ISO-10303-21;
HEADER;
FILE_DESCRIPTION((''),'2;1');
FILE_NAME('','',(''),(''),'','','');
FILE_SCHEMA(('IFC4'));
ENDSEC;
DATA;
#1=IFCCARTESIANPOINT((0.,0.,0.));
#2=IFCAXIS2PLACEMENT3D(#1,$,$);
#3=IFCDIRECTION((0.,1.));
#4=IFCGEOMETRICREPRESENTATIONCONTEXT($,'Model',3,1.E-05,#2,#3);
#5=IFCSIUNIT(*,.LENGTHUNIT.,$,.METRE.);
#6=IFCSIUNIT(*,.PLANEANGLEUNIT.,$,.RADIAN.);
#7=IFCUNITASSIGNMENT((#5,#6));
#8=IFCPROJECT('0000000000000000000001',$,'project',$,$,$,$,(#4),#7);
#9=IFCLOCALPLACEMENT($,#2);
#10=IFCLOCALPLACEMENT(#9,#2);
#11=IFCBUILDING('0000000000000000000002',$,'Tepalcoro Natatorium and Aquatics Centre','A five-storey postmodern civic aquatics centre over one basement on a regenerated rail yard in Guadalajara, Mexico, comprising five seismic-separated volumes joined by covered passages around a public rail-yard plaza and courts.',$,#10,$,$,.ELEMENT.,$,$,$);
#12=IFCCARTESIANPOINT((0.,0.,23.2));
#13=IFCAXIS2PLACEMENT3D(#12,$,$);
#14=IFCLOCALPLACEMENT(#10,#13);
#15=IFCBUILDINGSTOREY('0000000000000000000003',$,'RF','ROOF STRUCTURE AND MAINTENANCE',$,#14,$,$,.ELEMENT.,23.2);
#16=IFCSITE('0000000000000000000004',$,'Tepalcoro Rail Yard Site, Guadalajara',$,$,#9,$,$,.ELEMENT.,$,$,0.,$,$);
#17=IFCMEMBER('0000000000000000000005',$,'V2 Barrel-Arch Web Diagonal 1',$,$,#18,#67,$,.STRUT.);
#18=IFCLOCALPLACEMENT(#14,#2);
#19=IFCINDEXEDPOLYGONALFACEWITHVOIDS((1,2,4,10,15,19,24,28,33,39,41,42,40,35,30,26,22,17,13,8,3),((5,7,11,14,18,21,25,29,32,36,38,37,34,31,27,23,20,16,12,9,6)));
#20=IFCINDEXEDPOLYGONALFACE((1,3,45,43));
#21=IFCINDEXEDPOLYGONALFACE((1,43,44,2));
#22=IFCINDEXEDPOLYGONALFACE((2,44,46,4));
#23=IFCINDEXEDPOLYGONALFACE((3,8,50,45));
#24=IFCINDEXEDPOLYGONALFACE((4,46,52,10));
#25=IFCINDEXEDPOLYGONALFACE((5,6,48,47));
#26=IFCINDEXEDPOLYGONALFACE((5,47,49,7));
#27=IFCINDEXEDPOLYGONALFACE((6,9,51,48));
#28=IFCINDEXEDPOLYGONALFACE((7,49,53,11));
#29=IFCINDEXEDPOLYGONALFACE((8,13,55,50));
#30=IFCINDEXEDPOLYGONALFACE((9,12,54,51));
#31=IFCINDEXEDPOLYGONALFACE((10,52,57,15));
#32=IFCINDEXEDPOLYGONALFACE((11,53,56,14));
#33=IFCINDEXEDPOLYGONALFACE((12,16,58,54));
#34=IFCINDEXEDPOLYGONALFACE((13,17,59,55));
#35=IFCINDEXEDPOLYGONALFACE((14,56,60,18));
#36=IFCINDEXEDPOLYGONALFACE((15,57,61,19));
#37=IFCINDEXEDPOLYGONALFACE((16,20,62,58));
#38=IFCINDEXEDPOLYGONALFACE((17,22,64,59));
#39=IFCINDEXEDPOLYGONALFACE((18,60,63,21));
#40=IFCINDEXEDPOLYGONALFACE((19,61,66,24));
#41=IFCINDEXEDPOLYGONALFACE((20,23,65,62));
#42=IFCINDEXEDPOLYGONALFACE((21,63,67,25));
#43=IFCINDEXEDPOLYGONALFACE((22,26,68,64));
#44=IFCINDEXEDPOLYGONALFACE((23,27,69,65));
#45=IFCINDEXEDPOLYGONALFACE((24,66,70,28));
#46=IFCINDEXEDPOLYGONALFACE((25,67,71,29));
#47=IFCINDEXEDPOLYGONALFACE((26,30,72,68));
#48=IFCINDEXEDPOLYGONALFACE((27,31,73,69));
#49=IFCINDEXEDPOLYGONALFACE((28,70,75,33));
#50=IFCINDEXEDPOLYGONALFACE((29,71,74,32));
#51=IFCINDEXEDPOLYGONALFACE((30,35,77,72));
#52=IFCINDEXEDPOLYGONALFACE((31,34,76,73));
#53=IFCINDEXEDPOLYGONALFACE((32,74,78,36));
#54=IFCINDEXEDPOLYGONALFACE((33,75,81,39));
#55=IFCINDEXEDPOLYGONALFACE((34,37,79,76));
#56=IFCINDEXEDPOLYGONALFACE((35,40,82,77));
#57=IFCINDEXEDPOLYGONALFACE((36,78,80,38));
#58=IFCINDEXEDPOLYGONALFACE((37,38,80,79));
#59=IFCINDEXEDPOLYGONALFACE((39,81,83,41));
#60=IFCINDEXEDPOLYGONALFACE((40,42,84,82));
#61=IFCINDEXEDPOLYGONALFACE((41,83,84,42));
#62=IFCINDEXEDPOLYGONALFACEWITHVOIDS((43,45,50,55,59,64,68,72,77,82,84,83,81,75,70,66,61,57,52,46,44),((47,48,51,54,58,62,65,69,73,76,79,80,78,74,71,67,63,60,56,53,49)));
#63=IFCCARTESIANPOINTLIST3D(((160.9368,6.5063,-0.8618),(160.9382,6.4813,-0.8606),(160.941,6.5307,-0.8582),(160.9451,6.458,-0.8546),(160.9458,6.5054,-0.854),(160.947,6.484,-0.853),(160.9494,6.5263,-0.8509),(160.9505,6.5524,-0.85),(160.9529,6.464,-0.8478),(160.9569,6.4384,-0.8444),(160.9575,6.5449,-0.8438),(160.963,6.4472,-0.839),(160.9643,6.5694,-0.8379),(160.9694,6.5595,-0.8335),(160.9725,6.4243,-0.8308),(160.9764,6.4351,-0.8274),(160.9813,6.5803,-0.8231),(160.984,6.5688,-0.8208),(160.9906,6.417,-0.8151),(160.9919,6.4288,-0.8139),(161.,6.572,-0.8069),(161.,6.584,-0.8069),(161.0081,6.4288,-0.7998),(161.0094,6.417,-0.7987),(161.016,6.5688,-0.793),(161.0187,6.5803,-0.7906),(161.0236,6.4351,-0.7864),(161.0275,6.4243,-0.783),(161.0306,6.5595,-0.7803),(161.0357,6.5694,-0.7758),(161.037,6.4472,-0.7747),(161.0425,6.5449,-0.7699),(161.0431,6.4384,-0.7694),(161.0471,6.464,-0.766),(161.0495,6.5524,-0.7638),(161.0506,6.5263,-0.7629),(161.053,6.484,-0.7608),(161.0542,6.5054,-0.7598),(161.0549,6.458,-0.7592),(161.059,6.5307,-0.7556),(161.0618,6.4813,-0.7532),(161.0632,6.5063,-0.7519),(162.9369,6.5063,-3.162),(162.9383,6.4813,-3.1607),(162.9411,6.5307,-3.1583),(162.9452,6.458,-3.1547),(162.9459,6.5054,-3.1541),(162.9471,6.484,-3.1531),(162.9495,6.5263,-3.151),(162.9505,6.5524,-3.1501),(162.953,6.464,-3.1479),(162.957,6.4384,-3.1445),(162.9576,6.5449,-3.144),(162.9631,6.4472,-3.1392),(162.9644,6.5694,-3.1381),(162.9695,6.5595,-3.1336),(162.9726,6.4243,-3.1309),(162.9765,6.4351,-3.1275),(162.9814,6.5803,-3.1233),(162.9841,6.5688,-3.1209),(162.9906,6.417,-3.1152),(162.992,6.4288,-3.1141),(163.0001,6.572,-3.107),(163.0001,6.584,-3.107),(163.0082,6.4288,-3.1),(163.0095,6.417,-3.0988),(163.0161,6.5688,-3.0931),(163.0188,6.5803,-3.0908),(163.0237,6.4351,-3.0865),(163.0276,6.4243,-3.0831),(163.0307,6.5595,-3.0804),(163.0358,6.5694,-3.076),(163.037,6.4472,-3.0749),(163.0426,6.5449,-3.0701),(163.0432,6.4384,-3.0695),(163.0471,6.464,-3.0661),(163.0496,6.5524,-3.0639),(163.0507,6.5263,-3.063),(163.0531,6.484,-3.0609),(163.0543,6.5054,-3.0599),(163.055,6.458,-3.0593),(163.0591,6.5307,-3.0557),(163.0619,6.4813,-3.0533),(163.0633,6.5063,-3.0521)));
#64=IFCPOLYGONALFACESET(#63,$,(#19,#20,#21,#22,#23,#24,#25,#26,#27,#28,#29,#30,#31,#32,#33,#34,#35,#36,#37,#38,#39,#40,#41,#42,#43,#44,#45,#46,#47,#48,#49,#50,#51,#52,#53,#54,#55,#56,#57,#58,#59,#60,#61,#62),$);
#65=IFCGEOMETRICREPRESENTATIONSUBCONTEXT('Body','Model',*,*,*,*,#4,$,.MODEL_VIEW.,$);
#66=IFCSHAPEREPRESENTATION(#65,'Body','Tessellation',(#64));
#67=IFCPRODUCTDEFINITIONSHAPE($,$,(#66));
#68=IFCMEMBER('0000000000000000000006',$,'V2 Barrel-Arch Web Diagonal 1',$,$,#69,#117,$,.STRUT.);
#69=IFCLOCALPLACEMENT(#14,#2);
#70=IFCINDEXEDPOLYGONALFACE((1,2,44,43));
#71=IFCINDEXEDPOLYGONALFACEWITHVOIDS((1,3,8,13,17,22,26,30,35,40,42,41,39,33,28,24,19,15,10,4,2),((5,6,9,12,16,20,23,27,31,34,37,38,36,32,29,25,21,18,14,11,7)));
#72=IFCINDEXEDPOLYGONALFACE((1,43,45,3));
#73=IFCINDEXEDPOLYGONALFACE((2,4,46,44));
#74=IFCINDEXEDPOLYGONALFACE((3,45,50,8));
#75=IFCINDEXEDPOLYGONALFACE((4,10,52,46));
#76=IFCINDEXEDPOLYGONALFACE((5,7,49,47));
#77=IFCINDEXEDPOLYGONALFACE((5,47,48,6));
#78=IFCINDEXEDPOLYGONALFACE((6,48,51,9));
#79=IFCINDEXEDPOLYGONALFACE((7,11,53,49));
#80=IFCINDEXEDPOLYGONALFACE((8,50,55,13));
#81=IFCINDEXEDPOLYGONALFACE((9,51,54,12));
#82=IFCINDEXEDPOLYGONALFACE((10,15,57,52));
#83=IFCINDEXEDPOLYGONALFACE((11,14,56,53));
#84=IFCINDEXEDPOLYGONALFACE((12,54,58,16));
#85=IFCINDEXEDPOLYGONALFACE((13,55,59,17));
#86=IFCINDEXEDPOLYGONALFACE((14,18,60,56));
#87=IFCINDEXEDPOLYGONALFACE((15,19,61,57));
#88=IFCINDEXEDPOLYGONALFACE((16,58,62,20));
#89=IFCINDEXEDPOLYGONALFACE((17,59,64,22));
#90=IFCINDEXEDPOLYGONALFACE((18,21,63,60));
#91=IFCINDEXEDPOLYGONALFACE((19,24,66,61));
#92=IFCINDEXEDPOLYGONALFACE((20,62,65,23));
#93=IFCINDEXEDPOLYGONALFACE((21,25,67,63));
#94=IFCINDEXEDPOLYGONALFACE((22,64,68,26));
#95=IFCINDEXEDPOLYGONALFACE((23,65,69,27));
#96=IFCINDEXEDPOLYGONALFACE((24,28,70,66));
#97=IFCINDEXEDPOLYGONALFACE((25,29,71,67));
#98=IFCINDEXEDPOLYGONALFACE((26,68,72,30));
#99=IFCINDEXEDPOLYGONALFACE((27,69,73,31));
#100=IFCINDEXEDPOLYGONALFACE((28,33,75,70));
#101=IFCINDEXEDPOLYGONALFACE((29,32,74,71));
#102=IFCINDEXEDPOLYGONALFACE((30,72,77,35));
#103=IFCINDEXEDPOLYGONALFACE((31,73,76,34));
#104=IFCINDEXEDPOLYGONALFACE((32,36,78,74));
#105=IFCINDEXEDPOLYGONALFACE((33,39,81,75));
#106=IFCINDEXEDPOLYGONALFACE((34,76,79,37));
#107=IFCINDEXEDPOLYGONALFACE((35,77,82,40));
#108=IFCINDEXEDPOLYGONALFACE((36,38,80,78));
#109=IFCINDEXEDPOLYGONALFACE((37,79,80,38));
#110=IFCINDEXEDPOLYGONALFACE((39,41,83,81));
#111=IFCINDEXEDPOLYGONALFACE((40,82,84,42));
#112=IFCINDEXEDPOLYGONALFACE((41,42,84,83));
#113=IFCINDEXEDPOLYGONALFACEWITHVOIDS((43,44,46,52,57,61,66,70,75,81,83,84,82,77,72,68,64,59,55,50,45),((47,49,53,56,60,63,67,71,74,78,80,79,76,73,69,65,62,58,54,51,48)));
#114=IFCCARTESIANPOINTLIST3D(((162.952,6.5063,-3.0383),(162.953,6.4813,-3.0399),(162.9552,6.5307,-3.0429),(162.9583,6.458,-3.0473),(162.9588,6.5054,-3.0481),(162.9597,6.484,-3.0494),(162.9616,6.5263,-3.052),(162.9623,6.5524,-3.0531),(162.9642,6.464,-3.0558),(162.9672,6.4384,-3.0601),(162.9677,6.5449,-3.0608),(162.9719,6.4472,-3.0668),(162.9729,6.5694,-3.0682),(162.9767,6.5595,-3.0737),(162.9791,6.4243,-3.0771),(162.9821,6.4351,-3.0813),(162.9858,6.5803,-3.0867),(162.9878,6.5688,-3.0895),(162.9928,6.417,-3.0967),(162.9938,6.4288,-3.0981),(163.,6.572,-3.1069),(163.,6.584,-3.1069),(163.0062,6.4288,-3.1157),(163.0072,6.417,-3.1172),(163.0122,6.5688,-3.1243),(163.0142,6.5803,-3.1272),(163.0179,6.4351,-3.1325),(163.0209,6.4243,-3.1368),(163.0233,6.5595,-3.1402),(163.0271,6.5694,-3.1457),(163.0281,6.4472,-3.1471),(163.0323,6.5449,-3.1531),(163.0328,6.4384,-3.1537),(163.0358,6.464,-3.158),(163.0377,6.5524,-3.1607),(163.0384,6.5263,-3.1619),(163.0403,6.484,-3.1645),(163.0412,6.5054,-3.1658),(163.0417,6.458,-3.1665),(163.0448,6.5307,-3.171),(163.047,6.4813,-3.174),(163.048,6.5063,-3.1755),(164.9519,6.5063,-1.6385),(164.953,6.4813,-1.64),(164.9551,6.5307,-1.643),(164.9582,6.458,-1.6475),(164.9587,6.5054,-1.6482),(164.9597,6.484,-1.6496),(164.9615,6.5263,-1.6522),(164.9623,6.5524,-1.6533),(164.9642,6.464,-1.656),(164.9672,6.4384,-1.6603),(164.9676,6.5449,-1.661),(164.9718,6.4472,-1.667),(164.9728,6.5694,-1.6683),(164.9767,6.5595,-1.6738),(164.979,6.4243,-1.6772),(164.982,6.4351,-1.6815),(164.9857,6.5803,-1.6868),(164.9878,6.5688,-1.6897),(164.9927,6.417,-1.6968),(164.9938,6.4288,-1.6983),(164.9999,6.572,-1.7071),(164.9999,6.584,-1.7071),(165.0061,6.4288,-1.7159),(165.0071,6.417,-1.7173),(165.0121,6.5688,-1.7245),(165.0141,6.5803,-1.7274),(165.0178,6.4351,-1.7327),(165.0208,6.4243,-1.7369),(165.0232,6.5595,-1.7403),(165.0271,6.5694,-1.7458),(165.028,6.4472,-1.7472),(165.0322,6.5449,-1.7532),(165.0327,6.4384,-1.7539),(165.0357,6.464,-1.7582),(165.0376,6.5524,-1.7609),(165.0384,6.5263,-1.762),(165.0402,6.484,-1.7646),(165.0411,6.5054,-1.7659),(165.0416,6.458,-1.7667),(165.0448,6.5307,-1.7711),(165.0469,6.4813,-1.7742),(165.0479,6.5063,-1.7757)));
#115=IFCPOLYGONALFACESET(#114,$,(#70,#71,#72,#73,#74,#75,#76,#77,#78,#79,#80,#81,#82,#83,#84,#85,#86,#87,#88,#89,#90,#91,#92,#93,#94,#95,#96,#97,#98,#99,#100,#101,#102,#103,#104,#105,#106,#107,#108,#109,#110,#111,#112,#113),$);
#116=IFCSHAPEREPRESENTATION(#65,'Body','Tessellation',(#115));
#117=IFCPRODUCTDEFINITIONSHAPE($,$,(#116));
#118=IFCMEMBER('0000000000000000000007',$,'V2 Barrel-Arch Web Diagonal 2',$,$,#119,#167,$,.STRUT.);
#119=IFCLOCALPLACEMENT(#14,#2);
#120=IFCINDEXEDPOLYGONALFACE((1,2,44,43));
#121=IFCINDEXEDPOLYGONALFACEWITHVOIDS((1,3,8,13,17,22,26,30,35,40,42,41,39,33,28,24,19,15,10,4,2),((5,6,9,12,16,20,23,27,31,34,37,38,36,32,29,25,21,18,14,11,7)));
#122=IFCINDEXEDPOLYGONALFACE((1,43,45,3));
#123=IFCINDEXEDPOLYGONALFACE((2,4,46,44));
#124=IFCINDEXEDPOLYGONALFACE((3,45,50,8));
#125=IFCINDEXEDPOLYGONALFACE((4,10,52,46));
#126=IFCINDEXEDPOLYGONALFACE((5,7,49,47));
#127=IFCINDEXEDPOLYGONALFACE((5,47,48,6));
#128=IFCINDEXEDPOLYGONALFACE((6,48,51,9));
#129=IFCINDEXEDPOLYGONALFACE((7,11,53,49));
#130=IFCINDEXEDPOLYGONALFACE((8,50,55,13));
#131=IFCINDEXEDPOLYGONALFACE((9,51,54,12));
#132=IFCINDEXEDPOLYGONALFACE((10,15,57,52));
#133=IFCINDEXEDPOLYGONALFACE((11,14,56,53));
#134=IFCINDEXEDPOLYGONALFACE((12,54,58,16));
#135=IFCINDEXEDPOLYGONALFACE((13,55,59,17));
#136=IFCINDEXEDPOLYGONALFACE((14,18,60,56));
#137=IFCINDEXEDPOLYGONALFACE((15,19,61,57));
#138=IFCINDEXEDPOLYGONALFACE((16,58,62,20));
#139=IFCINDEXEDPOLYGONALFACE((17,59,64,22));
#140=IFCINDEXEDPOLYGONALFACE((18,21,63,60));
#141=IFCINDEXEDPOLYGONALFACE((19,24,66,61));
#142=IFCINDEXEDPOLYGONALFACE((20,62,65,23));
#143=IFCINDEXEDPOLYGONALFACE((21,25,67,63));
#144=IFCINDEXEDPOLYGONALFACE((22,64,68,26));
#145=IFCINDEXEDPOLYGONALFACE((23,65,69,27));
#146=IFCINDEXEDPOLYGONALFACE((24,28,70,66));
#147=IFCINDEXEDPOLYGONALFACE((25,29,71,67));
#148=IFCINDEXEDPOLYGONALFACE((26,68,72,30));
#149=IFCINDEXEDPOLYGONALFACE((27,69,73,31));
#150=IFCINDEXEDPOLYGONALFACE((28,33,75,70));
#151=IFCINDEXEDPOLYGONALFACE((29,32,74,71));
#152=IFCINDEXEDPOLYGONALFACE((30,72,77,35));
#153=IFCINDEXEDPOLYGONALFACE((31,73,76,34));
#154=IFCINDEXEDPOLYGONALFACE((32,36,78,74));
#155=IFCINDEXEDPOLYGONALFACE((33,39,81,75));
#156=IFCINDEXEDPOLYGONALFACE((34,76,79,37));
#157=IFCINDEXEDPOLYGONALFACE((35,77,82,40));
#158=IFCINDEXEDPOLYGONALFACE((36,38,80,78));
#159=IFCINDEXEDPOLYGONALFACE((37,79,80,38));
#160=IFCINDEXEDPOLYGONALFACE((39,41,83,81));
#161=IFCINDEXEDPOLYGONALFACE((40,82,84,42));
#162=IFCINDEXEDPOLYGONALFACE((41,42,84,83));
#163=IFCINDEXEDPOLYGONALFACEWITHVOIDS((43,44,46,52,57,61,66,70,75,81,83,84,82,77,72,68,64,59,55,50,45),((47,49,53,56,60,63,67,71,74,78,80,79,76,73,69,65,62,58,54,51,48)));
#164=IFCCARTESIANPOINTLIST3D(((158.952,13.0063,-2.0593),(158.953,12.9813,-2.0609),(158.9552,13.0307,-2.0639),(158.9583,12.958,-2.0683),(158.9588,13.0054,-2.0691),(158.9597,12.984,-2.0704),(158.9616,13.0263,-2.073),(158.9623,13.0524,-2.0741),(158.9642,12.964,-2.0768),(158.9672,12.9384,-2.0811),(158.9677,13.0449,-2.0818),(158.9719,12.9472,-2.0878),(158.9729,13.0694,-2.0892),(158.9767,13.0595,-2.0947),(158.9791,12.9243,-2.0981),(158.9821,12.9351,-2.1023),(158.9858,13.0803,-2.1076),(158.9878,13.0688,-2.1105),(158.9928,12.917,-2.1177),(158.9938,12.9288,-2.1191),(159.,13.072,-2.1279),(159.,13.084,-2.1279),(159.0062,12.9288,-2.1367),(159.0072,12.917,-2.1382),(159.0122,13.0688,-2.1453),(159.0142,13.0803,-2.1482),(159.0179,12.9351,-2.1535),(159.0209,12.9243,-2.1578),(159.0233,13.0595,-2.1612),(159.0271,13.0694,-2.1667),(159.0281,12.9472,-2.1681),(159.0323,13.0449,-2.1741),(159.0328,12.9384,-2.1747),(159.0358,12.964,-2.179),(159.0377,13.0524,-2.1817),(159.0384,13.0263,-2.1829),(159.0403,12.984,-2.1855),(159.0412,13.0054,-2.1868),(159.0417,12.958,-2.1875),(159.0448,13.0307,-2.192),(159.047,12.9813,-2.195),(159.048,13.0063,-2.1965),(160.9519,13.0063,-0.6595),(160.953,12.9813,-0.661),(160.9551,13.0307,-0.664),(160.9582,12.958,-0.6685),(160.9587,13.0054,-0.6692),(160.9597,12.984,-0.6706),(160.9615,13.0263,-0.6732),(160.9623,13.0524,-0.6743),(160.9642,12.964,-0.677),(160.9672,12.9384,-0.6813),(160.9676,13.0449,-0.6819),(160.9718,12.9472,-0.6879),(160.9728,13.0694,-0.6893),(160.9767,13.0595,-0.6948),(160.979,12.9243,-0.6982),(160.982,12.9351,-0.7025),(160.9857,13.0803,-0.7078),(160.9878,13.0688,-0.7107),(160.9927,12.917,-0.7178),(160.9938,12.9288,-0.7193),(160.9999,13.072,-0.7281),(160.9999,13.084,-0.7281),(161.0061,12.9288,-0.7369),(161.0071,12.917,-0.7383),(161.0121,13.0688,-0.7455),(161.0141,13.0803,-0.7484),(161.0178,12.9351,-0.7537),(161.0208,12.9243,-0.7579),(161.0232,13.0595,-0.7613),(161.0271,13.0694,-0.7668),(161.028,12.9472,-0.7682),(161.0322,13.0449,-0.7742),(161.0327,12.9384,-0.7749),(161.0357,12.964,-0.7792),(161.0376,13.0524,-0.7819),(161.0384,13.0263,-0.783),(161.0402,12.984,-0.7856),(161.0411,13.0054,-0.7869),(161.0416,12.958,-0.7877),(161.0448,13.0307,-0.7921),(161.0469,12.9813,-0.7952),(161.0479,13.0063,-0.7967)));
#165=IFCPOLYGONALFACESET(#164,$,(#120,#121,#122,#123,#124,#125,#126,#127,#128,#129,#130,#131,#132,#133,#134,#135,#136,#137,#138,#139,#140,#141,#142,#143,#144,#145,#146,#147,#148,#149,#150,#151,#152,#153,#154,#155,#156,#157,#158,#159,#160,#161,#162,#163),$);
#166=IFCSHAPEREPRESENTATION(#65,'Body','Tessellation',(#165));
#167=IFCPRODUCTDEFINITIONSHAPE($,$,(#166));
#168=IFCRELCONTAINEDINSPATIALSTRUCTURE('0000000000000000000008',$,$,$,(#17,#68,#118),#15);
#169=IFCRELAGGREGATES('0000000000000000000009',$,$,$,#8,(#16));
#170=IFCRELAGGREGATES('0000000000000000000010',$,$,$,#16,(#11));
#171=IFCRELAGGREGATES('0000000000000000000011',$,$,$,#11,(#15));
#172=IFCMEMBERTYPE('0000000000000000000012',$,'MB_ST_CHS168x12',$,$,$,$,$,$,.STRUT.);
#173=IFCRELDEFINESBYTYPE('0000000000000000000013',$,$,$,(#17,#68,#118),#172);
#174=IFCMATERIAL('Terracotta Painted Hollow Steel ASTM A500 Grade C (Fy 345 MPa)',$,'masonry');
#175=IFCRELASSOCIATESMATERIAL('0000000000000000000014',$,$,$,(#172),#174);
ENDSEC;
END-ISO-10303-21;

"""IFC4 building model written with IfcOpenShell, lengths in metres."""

from ifc_helpers import new_model, si_unit, direction, frame, origin, origin_2d, place, context, subcontext, project, spatial, hollow_circle, extrude, material, material_profile, profile_set, type_object, element, save


model = new_model("IFC4")

# Units and contexts
model_context = context("Model", 3, precision=1e-05, world=origin(), true_north=direction((0.0, 1.0)))
body_context = subcontext(model_context, "Body", "Model", "MODEL_VIEW")
ifc_project = project(units=[si_unit("LENGTHUNIT", "METRE"), si_unit("PLANEANGLEUNIT", "RADIAN")], contexts=[model_context])

# Site, building, storey
site_placement = place(None, origin())
site = spatial("IfcSite", under=ifc_project, at=site_placement, Name="Tepalcoro Rail Yard Site, Guadalajara", CompositionType="ELEMENT", RefElevation=0.0)
building_placement = place(site_placement, origin())
building = spatial("IfcBuilding", under=site, at=building_placement, Name="Tepalcoro Natatorium and Aquatics Centre", Description="A five-storey postmodern civic aquatics centre over one basement on a regenerated rail yard in Guadalajara, Mexico, comprising five seismic-separated volumes joined by covered passages around a public rail-yard plaza and courts.", CompositionType="ELEMENT")
storey_placement = place(building_placement, frame((0.0, 0.0, 23.2)))
storey = spatial("IfcBuildingStorey", under=building, at=storey_placement, Name="RF", Description="ROOF STRUCTURE AND MAINTENANCE", CompositionType="ELEMENT", Elevation=23.2)

# Shared definitions
ifc_material_1 = material(Name="Terracotta Painted Hollow Steel ASTM A500 Grade C (Fy 345 MPa)", Category="masonry")

# Members
ifc_material_profile_1 = material_profile(ifc_material_1, hollow_circle(Radius=0.084, WallThickness=0.012, at=origin_2d()), Name="CHS168X12")
ifc_profile_set_1 = profile_set([ifc_material_profile_1], Name="Terracotta Painted Hollow Steel ASTM A500 Grade C (Fy 345 MPa)")
member_type_1 = type_object("IfcMemberType", Name="MB_ST_CHS168x12", PredefinedType="STRUT", material=ifc_profile_set_1)
member_1_placement = place(storey_placement, frame((161.0, 6.5, -0.8069), z_axis=(0.656171, 0.0, -0.754612), x_axis=(0.0, 1.0, 0.0)))
element("IfcMember", 1, at=member_1_placement, inside=storey, type_object=member_type_1, Name="V2 Barrel-Arch Web Diagonal 1", PredefinedType="STRUT", context=body_context, shape_type="SweptSolid", body=[
    extrude(hollow_circle(Radius=0.084, WallThickness=0.012, at=origin_2d()), origin(), (0.0, 0.0, 1.0), 3.0481),
])
for number, where, z_axis, x_axis, name in (
    (2, (163.0, 6.5, -3.1069), (0.819251, 0.0, 0.573435), (0.0, 1.0, 0.0), "V2 Barrel-Arch Web Diagonal 1"),
    (3, (159.0, 13.0, -2.1279), (0.819251, 0.0, 0.573435), (0.0, 1.0, 0.0), "V2 Barrel-Arch Web Diagonal 2"),
):
    element("IfcMember", number, at=place(storey_placement, frame(where, z_axis=z_axis, x_axis=x_axis)), inside=storey, type_object=member_type_1, Name=name, PredefinedType="STRUT", context=body_context, shape_type="SweptSolid", body=[
        extrude(hollow_circle(Radius=0.084, WallThickness=0.012, at=origin_2d()), origin(), (0.0, 0.0, 1.0), 2.4412),
    ])

save(model, "model.ifc")
